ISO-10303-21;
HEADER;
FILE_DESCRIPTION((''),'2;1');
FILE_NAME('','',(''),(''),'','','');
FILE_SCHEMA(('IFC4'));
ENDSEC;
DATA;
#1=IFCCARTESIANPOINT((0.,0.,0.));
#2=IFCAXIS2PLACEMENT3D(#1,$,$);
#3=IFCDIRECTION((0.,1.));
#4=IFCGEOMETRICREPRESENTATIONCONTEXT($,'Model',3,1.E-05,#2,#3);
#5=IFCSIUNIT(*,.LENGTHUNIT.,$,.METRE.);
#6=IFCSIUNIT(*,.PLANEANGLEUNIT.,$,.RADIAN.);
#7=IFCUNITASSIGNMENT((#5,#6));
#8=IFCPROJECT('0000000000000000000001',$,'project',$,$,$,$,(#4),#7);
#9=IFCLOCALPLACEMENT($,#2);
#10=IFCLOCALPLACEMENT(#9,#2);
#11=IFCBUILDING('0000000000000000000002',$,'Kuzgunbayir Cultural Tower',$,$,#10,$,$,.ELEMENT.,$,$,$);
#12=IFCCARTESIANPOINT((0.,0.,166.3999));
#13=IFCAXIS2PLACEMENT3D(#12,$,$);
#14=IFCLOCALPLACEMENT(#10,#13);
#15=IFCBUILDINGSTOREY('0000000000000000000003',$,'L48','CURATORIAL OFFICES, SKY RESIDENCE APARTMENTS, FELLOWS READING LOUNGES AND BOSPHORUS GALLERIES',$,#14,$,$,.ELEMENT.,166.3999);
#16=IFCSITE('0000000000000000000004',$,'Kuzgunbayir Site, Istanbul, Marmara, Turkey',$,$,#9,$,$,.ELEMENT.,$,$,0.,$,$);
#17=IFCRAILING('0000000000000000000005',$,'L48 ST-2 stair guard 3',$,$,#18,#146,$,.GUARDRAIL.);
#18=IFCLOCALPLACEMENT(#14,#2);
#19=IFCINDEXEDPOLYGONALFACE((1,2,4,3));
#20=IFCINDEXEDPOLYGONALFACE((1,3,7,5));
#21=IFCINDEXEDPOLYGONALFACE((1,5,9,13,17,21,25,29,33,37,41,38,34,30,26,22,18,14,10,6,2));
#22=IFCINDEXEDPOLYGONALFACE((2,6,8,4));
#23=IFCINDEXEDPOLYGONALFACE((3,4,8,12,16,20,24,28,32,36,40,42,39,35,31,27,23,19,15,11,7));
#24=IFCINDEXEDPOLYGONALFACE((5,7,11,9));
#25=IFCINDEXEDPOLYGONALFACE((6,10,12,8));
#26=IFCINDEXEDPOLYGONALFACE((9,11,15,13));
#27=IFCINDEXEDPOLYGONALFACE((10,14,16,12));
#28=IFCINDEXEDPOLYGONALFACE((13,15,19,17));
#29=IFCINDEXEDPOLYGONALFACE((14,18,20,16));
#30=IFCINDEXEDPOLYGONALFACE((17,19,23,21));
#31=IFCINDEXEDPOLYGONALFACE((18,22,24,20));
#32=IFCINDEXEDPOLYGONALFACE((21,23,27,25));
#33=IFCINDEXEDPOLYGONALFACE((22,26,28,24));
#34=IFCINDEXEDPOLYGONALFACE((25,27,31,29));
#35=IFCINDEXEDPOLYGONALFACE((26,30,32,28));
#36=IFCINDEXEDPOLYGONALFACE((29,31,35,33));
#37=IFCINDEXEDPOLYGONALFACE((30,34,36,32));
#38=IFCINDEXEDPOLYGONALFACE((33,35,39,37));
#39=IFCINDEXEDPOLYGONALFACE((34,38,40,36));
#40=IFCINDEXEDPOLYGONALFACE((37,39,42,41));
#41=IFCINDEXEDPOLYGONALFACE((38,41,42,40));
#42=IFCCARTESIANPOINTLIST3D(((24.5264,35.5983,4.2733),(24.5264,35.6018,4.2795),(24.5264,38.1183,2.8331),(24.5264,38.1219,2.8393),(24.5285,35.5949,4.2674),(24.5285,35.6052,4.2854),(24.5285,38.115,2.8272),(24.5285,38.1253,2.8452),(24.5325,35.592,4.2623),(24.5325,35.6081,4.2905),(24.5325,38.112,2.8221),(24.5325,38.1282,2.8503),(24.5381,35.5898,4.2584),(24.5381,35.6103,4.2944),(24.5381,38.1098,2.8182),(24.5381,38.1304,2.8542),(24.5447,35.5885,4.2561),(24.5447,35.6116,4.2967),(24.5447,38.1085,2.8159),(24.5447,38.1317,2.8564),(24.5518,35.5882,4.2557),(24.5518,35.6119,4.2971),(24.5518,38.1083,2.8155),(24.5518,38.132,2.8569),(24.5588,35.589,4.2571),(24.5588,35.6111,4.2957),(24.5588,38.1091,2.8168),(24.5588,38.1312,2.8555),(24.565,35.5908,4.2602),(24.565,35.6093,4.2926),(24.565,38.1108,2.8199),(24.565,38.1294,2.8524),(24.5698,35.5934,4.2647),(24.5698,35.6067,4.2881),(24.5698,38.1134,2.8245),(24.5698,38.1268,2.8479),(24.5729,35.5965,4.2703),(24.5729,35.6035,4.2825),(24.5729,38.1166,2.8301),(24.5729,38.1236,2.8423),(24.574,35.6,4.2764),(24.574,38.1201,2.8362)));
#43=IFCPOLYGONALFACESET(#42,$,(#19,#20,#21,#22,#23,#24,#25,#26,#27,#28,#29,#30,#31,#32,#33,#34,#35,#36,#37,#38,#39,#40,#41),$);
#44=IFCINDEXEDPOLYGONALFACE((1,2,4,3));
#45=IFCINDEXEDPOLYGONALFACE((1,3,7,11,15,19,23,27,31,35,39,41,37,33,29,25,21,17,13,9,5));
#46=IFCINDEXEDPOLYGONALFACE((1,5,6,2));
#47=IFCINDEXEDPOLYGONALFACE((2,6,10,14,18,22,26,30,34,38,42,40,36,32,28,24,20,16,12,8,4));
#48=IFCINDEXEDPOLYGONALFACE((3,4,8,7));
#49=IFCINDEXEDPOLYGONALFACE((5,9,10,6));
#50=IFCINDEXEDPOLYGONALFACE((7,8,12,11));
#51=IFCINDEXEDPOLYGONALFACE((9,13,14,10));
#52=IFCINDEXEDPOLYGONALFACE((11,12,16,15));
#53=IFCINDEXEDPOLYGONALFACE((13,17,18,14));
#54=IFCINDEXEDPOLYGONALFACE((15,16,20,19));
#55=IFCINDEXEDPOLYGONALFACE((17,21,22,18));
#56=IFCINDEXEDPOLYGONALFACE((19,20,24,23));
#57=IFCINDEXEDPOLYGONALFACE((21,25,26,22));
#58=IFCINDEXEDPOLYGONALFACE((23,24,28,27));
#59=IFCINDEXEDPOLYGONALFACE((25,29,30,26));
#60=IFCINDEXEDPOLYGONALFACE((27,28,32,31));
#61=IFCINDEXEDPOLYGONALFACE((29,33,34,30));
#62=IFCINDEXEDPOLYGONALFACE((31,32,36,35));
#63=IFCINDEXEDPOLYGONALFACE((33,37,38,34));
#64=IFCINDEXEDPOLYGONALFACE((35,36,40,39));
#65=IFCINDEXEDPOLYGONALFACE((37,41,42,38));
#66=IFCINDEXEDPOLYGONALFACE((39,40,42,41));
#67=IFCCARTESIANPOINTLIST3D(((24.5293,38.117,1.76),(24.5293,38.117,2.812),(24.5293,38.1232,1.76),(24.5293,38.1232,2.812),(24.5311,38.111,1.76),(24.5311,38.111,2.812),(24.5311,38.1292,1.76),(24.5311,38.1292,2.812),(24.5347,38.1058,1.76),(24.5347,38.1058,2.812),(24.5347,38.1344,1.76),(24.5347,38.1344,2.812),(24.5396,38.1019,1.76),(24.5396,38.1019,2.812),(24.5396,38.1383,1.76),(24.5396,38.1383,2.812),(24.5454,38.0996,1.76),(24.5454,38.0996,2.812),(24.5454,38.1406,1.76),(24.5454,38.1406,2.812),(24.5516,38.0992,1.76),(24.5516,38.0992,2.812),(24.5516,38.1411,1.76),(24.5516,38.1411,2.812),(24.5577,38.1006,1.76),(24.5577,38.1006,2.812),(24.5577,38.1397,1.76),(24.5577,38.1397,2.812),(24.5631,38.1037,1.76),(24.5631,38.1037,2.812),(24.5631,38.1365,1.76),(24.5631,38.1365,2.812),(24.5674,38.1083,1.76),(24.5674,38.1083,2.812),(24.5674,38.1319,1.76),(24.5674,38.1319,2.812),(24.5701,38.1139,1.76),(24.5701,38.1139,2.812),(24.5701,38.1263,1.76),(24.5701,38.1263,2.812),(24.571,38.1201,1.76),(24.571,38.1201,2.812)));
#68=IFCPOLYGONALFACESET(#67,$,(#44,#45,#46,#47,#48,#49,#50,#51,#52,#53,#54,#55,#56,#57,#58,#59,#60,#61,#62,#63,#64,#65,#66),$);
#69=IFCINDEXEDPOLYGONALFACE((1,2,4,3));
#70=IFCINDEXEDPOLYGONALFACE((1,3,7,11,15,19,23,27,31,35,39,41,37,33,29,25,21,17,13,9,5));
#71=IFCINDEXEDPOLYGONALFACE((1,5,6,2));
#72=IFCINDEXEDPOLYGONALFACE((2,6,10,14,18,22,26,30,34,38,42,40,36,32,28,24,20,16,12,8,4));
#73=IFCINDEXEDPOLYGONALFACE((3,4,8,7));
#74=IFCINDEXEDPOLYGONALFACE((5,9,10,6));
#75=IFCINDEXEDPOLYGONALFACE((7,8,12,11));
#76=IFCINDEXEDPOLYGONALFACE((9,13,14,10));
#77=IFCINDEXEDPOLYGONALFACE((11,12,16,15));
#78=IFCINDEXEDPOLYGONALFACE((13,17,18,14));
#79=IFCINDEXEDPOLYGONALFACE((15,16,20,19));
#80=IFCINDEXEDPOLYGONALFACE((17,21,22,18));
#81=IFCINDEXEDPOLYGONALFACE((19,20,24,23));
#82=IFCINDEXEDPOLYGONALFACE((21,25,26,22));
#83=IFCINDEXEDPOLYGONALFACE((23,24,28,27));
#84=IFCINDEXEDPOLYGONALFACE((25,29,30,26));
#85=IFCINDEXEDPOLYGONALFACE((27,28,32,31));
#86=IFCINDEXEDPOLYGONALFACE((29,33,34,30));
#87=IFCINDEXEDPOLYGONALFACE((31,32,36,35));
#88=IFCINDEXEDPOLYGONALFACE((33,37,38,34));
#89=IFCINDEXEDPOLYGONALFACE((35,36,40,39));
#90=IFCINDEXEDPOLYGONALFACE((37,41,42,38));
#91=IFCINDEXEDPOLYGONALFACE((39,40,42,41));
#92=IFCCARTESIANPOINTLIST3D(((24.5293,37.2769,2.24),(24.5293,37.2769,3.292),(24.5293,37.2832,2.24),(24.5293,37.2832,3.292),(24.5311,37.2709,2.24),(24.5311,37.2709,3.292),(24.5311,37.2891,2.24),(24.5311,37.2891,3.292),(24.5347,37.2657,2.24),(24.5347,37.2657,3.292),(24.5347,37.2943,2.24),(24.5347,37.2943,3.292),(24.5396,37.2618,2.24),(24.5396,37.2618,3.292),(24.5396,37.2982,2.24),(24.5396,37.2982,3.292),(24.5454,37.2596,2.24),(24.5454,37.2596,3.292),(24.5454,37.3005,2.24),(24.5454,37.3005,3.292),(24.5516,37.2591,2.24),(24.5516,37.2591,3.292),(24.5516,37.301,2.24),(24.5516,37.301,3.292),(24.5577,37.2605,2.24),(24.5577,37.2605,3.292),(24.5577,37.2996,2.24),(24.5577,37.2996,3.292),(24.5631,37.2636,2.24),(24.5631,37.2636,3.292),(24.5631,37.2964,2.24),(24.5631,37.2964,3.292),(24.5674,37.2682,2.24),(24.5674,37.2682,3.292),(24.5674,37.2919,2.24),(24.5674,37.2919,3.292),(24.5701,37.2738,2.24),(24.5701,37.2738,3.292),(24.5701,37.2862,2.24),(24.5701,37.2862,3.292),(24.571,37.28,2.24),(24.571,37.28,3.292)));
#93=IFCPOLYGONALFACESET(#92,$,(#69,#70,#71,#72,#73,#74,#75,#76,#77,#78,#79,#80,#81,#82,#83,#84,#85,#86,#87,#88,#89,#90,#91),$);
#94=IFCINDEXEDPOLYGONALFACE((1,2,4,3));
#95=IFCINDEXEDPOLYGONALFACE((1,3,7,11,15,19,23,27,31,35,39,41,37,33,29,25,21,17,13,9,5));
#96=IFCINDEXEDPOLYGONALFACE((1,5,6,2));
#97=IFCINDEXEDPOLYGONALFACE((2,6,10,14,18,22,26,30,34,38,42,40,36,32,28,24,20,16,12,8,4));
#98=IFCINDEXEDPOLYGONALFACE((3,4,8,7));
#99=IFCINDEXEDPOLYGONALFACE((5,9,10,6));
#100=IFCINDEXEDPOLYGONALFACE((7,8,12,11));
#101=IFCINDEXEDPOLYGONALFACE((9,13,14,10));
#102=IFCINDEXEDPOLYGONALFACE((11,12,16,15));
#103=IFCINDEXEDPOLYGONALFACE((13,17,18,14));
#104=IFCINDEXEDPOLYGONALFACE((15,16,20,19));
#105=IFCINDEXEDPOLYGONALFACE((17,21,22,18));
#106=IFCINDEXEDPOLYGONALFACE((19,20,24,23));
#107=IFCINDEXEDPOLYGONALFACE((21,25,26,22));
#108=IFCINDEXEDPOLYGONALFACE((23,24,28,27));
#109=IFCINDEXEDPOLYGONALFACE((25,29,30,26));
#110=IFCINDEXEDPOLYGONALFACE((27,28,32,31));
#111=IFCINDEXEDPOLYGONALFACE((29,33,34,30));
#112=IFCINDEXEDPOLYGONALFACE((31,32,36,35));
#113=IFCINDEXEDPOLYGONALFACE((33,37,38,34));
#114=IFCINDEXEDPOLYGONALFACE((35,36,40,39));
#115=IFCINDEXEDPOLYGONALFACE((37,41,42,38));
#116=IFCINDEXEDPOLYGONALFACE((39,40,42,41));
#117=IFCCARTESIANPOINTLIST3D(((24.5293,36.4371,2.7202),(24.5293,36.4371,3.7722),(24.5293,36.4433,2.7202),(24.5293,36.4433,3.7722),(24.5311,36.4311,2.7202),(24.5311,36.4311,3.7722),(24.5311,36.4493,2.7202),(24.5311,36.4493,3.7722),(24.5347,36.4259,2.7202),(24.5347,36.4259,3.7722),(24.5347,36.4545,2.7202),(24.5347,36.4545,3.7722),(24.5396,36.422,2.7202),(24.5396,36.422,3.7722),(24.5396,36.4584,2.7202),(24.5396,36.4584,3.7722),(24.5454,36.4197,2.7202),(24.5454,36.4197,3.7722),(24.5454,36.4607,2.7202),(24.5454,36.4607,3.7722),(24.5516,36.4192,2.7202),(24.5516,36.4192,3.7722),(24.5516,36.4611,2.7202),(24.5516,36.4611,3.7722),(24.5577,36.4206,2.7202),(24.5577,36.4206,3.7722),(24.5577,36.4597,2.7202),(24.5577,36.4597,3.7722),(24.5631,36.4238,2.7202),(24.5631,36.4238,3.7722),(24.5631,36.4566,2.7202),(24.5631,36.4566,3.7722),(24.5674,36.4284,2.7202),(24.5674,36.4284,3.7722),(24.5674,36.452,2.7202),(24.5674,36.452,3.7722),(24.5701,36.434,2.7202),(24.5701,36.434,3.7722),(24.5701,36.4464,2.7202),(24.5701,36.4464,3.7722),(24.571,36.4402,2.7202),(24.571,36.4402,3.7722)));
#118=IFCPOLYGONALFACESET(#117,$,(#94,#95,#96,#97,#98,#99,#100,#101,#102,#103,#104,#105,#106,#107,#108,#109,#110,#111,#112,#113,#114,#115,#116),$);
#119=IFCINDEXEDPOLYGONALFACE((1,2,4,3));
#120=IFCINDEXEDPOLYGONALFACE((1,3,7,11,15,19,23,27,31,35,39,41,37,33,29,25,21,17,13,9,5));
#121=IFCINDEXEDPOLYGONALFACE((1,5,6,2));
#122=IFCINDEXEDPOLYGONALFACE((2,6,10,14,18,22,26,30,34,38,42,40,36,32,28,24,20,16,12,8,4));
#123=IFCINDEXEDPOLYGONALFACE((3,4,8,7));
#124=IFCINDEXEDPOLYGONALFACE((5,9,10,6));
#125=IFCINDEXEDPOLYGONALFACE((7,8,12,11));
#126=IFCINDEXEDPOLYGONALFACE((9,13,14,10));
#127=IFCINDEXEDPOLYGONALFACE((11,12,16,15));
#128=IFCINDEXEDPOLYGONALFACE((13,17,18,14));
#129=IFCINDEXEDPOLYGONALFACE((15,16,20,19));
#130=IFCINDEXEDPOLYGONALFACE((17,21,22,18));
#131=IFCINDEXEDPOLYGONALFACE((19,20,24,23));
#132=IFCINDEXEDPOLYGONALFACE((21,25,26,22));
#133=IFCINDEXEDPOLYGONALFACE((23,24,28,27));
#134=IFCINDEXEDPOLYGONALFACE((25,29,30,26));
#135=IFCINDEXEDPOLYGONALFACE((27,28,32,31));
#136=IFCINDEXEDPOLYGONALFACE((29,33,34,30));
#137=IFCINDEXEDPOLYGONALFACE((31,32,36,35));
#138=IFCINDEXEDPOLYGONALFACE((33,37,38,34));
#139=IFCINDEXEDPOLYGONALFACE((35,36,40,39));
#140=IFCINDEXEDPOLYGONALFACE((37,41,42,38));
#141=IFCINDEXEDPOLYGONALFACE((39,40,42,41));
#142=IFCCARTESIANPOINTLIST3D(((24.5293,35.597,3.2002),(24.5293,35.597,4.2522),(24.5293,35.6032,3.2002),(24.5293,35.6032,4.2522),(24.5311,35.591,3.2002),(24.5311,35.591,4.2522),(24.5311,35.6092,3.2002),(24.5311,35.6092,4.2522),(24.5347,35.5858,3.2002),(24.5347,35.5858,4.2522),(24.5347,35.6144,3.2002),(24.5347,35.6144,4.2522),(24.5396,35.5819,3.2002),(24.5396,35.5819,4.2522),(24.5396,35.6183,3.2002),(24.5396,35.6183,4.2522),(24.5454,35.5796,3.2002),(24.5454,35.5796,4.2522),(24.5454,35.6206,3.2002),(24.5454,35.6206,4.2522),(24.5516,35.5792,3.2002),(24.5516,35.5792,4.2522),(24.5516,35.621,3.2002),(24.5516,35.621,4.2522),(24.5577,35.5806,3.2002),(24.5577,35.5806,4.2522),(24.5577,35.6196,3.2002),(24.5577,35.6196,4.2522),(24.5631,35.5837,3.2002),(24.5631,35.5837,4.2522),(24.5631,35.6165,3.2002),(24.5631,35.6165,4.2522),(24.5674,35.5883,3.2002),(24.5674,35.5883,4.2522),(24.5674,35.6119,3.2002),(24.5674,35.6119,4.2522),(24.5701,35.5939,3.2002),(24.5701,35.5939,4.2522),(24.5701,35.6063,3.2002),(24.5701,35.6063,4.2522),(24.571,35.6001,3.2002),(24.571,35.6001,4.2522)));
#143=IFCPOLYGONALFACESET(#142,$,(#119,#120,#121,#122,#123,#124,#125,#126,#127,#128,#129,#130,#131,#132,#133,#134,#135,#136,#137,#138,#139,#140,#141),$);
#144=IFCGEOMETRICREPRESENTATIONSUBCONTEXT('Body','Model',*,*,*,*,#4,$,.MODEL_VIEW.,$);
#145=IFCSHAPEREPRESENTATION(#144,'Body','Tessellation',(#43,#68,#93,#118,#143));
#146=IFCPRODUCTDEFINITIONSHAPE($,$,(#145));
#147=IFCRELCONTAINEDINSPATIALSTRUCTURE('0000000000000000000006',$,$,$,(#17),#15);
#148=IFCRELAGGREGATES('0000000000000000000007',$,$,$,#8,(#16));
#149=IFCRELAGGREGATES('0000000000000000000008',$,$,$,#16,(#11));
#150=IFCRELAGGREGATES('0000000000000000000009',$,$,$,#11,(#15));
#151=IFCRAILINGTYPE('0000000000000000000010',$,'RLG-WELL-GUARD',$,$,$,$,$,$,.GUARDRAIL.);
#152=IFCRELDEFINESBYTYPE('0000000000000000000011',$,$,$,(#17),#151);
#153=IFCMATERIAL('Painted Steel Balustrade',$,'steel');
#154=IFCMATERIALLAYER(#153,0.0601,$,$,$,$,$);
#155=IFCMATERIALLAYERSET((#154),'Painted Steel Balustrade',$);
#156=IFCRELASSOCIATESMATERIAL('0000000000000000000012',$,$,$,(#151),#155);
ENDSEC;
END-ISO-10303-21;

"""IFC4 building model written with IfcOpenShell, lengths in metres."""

from ifc_helpers import new_model, si_unit, direction, frame, origin, origin_2d, place, context, subcontext, project, spatial, circle, extrude, material, layer, layer_set, type_object, element, save


model = new_model("IFC4")

# Units and contexts
model_context = context("Model", 3, precision=1e-05, world=origin(), true_north=direction((0.0, 1.0)))
body_context = subcontext(model_context, "Body", "Model", "MODEL_VIEW")
ifc_project = project(units=[si_unit("LENGTHUNIT", "METRE"), si_unit("PLANEANGLEUNIT", "RADIAN")], contexts=[model_context])

# Site, building, storey
site_placement = place(None, origin())
site = spatial("IfcSite", under=ifc_project, at=site_placement, Name="Kuzgunbayir Site, Istanbul, Marmara, Turkey", CompositionType="ELEMENT", RefElevation=0.0)
building_placement = place(site_placement, origin())
building = spatial("IfcBuilding", under=site, at=building_placement, Name="Kuzgunbayir Cultural Tower", CompositionType="ELEMENT")
storey_placement = place(building_placement, frame((0.0, 0.0, 166.3999)))
storey = spatial("IfcBuildingStorey", under=building, at=storey_placement, Name="L48", Description="CURATORIAL OFFICES, SKY RESIDENCE APARTMENTS, FELLOWS READING LOUNGES AND BOSPHORUS GALLERIES", CompositionType="ELEMENT", Elevation=166.3999)

# Railing
ifc_material_1 = material(Name="Painted Steel Balustrade", Category="steel")
ifc_layer_1 = layer(ifc_material_1, 0.0601)
ifc_layer_set_1 = layer_set([ifc_layer_1], Name="Painted Steel Balustrade")
railing_type_1 = type_object("IfcRailingType", Name="RLG-WELL-GUARD", PredefinedType="GUARDRAIL", material=ifc_layer_set_1)
railing_1_placement = place(storey_placement, frame((24.55, 38.1201, 1.76)))
element("IfcRailing", 1, at=railing_1_placement, inside=storey, type_object=railing_type_1, Name="L48 ST-2 stair guard 3", PredefinedType="GUARDRAIL", context=body_context, shape_type="SweptSolid", body=[
    extrude(circle(Radius=0.0239, at=origin_2d()), frame((0.0, 0.0, 1.0762), z_axis=(0.0, -0.868217, 0.496184), x_axis=(1.0, 0.0, 0.0)), (0.0, 0.0, 1.0), 2.9026),
    extrude(circle(Radius=0.021, at=origin_2d()), origin(), (0.0, 0.0, 1.0), 1.052),
    extrude(circle(Radius=0.021, at=origin_2d()), frame((0.0, -0.8401, 0.48)), (0.0, 0.0, 1.0), 1.052),
    extrude(circle(Radius=0.021, at=origin_2d()), frame((0.0, -1.6799, 0.9602)), (0.0, 0.0, 1.0), 1.052),
    extrude(circle(Radius=0.021, at=origin_2d()), frame((0.0, -2.52, 1.4402)), (0.0, 0.0, 1.0), 1.052),
])

save(model, "model.ifc")
